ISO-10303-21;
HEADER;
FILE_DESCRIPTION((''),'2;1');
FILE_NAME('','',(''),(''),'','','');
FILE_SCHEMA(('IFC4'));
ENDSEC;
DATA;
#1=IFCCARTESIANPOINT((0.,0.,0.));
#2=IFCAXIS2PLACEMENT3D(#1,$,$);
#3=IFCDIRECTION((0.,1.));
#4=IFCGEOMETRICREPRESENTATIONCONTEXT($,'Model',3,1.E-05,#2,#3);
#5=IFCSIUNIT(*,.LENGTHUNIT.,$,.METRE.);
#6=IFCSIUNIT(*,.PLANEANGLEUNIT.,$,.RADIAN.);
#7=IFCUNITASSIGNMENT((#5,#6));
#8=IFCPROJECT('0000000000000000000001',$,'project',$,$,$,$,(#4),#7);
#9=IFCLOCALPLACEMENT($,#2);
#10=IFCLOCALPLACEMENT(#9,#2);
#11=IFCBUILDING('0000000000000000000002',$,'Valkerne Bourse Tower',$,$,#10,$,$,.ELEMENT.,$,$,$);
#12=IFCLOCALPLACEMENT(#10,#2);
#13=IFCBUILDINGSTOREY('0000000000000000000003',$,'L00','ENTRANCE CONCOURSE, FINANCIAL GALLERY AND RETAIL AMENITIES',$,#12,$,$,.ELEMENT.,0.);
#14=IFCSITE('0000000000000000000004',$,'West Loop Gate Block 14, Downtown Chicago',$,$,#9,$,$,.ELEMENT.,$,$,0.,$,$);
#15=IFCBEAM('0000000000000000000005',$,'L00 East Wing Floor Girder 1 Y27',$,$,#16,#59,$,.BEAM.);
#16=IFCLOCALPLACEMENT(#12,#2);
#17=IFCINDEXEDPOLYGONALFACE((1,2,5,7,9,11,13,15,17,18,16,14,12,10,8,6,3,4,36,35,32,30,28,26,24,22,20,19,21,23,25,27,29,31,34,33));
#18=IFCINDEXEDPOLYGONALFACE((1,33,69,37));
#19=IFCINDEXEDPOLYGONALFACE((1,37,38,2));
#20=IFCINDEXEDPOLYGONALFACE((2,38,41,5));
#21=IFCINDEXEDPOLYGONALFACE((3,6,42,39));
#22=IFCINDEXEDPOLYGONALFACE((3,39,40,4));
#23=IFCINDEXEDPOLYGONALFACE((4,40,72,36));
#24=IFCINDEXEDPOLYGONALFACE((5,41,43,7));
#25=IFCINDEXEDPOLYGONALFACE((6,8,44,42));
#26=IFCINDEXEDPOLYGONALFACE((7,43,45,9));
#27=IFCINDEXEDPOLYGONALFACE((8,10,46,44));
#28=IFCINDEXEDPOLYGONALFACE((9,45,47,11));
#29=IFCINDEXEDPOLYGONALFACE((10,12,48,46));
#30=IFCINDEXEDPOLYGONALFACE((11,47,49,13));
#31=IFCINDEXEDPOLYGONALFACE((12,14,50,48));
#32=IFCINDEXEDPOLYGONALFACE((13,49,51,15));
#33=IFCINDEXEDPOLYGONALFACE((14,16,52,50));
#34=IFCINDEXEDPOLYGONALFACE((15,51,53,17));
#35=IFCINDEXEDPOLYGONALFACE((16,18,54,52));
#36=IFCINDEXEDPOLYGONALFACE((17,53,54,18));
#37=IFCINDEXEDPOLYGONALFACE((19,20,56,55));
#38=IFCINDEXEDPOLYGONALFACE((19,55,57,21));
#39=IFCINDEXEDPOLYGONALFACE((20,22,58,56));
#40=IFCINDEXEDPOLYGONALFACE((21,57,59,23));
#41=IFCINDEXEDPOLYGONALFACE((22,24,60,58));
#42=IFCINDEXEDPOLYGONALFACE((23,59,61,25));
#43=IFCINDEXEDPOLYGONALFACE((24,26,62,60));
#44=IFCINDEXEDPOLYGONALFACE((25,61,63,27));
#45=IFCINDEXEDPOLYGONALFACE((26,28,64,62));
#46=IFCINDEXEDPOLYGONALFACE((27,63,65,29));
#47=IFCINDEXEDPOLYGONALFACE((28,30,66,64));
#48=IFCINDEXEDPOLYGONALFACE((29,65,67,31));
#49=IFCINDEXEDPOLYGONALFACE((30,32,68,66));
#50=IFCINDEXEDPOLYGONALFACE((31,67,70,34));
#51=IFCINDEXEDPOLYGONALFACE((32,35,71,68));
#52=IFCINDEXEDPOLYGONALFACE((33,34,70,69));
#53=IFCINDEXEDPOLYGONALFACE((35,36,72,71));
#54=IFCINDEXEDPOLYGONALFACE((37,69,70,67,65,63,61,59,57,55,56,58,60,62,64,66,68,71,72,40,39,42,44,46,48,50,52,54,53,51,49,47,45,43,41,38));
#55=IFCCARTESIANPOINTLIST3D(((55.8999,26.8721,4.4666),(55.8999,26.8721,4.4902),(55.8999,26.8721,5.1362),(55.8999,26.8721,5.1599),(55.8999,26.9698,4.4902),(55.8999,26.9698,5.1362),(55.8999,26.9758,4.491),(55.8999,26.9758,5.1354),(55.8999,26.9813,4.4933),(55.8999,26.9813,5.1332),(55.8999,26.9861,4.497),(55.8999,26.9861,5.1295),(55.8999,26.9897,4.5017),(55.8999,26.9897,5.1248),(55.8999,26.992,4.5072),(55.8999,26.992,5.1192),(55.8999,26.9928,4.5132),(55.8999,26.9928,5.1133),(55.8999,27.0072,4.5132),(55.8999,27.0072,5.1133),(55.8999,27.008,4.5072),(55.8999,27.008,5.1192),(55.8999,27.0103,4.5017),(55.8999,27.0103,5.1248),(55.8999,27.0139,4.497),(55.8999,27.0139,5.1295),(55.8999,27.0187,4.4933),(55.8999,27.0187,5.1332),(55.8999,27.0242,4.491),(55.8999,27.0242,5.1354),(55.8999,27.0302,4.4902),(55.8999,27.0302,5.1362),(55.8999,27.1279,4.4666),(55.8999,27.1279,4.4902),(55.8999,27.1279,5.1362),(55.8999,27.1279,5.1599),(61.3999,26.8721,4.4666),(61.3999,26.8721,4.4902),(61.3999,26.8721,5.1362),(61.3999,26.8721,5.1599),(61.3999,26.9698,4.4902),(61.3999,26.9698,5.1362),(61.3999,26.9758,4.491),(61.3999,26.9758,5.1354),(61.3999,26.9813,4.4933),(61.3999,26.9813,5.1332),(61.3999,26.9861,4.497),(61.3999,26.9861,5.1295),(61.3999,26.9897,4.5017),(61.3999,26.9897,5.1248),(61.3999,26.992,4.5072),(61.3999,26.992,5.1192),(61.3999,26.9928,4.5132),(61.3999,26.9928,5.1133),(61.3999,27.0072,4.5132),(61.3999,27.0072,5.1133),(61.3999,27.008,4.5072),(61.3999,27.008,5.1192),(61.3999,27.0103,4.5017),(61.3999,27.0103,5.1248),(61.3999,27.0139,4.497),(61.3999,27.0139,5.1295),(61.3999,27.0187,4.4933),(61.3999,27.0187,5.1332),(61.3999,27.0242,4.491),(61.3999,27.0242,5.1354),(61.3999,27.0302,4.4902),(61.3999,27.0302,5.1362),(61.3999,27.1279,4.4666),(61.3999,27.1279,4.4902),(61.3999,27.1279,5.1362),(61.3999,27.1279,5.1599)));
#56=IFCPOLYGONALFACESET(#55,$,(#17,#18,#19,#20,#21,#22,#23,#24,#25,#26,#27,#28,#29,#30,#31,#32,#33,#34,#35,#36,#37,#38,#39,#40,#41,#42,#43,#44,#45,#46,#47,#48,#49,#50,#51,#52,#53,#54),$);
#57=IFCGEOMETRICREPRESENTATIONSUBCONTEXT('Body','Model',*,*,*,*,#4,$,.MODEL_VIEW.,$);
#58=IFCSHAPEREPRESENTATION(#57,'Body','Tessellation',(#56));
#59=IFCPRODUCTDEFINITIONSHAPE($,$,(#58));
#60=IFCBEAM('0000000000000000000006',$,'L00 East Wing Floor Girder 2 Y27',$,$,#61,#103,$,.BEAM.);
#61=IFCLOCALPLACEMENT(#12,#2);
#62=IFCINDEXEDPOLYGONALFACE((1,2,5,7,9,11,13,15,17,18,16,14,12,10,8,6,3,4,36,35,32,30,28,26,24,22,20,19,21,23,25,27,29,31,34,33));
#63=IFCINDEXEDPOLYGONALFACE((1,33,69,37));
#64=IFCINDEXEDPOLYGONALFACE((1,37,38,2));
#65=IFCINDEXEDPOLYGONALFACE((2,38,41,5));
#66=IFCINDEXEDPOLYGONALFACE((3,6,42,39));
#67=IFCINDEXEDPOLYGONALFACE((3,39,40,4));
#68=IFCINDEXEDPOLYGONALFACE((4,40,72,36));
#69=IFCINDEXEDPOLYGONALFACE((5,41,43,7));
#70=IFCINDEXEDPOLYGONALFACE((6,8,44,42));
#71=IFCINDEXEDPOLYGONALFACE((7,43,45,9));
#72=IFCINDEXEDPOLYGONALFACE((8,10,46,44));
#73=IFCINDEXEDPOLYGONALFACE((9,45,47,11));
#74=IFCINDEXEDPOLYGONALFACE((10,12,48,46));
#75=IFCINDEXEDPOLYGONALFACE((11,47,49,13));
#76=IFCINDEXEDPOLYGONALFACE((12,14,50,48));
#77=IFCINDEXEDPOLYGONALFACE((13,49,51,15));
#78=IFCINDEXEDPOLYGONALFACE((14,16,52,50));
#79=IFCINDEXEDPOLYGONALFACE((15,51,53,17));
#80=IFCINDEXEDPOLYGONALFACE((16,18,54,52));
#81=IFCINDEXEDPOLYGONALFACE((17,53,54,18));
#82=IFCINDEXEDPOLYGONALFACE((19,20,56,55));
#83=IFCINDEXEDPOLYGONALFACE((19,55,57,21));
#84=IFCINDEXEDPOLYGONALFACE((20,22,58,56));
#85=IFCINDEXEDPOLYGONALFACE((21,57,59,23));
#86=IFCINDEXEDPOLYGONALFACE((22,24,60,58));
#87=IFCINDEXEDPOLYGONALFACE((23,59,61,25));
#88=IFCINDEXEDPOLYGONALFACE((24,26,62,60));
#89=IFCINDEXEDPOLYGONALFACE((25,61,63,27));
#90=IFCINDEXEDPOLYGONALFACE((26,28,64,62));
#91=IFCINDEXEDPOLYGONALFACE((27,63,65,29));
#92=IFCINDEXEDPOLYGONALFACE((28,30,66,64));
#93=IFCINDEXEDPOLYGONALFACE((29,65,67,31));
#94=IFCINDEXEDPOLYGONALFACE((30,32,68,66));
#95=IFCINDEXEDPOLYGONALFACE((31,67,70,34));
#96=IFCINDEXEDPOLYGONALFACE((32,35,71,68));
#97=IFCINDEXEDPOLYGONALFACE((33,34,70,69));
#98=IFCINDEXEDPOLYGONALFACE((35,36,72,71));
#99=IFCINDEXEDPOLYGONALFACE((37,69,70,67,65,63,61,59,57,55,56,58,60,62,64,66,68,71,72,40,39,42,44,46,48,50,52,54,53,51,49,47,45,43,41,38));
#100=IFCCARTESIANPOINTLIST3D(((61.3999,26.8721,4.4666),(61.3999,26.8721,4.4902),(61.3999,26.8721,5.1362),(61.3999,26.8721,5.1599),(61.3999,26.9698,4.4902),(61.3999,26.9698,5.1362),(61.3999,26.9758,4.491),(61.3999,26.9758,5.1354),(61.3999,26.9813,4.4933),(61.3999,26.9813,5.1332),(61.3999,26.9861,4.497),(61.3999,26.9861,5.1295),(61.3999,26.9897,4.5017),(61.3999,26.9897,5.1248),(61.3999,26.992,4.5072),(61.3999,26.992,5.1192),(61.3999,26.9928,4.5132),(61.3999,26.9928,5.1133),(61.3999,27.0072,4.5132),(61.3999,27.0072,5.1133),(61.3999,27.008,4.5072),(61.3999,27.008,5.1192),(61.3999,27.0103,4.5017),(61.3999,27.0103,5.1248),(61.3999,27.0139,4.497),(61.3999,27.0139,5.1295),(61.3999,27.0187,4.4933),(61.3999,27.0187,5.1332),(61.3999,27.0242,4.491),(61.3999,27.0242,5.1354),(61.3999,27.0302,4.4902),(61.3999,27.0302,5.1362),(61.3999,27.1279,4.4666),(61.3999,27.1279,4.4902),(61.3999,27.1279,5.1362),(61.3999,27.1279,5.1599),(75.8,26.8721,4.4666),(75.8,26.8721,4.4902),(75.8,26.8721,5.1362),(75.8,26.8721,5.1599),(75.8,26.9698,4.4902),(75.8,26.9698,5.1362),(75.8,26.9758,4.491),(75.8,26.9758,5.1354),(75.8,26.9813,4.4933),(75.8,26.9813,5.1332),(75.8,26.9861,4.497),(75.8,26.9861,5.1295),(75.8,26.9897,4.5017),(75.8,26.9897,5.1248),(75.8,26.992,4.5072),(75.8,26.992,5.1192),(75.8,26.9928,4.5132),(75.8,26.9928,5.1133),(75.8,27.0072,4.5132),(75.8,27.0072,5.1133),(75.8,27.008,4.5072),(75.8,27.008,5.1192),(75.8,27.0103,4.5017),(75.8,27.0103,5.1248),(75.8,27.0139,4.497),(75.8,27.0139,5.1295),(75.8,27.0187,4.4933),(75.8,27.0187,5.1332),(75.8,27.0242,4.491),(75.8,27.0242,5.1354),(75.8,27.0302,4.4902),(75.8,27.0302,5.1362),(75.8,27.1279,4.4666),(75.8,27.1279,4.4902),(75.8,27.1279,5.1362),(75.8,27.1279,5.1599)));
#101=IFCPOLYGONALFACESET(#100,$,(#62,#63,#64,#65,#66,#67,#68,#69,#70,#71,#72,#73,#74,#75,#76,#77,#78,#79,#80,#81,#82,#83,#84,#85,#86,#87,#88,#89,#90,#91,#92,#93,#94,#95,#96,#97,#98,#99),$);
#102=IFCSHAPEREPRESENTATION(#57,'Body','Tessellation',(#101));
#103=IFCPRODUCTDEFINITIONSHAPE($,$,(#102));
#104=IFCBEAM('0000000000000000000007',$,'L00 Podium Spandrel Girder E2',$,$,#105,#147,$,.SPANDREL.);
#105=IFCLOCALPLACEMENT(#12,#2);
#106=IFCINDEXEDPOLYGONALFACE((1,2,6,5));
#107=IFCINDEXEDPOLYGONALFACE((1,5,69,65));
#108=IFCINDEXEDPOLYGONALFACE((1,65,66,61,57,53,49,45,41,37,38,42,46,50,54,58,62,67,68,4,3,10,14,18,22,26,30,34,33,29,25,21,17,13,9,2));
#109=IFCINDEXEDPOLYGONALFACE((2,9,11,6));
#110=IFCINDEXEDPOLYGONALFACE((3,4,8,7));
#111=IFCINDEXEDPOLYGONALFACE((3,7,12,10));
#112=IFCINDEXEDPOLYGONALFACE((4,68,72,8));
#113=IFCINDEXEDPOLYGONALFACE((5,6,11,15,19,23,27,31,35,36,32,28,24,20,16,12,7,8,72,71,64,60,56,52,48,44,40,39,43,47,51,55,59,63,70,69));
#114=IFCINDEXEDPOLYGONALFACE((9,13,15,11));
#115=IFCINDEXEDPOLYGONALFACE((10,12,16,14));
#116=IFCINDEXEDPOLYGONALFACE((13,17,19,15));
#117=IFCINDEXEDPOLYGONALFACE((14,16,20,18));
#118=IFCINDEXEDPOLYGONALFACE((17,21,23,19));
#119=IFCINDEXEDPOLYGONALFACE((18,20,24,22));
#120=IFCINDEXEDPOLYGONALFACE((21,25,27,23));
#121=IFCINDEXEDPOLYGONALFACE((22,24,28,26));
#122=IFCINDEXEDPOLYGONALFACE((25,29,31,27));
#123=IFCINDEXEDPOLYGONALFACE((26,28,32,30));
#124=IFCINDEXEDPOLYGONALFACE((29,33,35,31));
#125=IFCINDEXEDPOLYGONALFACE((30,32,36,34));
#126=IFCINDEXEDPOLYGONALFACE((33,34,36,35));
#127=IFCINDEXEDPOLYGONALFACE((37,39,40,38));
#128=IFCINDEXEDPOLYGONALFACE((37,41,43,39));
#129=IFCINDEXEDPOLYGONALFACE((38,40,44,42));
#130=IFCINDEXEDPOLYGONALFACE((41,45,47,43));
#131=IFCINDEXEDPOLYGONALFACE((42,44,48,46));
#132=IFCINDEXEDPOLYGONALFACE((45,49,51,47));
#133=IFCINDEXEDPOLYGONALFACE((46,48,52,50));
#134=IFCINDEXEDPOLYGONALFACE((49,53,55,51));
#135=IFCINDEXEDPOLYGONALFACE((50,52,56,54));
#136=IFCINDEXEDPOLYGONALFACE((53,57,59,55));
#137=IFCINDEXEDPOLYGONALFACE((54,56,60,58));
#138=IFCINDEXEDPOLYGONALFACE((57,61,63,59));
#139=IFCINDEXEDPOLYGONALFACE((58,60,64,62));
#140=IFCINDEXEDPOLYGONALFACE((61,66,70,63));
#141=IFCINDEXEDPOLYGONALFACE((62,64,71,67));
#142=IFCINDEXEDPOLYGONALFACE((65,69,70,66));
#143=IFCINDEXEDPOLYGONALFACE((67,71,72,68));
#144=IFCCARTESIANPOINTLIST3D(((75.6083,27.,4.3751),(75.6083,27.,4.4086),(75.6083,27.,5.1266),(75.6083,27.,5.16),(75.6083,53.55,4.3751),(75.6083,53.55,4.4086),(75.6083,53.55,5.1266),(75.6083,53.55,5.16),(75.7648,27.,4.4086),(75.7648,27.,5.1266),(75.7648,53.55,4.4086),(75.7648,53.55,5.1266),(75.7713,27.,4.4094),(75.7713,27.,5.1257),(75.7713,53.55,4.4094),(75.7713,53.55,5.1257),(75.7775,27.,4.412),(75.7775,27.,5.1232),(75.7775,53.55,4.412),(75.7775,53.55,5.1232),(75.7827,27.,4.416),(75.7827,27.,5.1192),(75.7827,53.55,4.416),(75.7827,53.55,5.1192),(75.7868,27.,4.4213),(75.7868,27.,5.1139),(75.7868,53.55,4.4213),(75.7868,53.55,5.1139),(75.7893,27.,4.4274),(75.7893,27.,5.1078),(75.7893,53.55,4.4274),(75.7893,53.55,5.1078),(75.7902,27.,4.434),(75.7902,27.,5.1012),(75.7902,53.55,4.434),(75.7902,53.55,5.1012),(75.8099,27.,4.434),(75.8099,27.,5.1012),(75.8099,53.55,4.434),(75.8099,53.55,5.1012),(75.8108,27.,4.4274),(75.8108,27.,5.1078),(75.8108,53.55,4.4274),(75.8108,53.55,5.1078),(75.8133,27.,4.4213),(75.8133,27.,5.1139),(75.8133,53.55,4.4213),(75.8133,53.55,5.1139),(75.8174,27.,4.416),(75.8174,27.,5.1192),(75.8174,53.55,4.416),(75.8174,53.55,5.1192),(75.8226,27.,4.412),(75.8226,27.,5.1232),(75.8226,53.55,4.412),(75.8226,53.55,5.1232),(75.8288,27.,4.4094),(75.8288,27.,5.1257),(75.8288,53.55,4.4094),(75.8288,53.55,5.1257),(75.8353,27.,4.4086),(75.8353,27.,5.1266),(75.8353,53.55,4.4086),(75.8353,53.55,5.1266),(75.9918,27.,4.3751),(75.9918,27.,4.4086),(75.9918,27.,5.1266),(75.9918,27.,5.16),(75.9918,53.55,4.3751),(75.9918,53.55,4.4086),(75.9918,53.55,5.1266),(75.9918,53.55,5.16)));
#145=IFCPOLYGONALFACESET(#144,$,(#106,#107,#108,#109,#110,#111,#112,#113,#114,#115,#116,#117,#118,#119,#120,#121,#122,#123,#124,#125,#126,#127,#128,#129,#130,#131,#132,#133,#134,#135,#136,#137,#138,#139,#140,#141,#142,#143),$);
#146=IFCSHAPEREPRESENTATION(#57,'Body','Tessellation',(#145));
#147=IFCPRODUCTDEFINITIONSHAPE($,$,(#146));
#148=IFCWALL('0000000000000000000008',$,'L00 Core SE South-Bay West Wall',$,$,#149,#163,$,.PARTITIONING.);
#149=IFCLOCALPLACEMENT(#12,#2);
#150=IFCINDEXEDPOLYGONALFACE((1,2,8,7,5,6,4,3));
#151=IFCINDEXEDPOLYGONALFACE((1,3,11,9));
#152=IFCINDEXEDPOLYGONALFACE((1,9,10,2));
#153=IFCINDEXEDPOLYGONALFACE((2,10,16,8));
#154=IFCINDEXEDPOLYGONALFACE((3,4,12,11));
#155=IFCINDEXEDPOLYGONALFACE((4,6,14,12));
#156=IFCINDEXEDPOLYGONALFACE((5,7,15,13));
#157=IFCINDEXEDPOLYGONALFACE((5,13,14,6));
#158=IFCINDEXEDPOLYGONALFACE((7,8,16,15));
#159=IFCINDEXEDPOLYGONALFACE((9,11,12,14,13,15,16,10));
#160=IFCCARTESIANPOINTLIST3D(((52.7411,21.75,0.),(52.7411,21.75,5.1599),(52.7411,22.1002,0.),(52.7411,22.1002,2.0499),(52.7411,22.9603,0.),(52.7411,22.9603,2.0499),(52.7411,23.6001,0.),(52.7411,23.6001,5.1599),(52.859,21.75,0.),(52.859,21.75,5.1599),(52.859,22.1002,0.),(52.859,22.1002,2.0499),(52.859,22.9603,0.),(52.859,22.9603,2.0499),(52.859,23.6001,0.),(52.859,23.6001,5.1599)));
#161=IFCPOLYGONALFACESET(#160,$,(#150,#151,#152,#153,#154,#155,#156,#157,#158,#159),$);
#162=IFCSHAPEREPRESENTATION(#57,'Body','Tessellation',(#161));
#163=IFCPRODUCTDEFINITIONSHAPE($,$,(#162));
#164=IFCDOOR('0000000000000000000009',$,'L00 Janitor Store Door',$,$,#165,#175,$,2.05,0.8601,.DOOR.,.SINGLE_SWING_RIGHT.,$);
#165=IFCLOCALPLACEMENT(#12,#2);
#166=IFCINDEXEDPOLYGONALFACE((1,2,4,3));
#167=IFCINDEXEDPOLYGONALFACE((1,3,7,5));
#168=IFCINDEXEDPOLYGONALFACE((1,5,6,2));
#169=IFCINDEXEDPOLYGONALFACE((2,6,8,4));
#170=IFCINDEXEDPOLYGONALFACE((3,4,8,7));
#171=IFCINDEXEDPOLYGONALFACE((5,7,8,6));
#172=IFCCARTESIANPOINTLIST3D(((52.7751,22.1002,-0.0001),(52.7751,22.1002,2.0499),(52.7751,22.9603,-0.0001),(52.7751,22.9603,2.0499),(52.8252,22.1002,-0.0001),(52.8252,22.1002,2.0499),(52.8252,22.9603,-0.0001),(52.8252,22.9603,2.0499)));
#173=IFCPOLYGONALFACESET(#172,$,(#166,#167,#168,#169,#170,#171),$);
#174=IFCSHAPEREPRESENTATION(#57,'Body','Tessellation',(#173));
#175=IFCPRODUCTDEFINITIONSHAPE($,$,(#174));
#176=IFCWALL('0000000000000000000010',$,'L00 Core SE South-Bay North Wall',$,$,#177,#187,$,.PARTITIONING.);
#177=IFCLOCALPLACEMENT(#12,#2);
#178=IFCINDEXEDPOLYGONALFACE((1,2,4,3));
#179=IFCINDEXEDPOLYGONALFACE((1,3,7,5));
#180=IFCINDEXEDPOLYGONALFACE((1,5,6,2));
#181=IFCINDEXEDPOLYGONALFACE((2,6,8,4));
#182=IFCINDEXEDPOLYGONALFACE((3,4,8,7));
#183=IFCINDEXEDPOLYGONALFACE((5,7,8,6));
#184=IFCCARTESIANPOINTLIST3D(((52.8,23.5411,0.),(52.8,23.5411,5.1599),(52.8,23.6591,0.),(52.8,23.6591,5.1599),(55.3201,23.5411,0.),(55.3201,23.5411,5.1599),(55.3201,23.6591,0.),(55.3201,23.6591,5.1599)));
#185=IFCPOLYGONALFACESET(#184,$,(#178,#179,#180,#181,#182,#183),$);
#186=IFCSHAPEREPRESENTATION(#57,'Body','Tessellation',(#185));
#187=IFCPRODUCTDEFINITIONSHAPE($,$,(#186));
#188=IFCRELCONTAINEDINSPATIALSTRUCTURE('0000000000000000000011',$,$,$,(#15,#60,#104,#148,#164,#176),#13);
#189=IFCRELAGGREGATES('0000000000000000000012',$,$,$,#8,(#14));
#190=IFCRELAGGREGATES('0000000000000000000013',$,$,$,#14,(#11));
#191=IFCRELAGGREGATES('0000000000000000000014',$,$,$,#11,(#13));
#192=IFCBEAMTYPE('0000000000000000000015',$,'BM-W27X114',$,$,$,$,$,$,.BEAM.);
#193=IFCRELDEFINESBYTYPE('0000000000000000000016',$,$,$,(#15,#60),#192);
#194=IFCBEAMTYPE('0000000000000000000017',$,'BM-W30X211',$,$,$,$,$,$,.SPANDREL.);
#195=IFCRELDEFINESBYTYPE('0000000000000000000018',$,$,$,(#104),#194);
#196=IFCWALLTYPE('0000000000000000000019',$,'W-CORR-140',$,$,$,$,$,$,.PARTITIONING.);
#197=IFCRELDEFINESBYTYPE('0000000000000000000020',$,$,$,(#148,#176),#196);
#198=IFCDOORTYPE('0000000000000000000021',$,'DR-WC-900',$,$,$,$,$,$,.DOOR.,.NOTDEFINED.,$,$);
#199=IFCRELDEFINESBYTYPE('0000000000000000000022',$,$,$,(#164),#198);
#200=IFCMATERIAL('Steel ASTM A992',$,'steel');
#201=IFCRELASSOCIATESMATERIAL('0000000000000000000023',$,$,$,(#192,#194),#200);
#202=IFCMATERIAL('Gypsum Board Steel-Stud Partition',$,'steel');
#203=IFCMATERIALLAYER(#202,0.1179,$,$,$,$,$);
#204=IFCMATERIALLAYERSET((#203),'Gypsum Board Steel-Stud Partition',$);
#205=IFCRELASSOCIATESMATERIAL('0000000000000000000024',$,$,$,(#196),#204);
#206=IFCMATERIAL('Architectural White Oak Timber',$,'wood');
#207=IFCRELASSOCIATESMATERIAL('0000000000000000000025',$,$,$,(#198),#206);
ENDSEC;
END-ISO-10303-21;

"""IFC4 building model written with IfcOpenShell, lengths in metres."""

from ifc_helpers import new_model, si_unit, direction, frame, frame_2d, origin, origin_2d, place, context, subcontext, project, spatial, rectangle, i_section, extrude, material, layer, layer_set, material_profile, profile_set, type_object, element, fill, save


model = new_model("IFC4")

# Units and contexts
model_context = context("Model", 3, precision=1e-05, world=origin(), true_north=direction((0.0, 1.0)))
body_context = subcontext(model_context, "Body", "Model", "MODEL_VIEW")
ifc_project = project(units=[si_unit("LENGTHUNIT", "METRE"), si_unit("PLANEANGLEUNIT", "RADIAN")], contexts=[model_context])

# Site, building, storey
site_placement = place(None, origin())
site = spatial("IfcSite", under=ifc_project, at=site_placement, Name="West Loop Gate Block 14, Downtown Chicago", CompositionType="ELEMENT", RefElevation=0.0)
building_placement = place(site_placement, origin())
building = spatial("IfcBuilding", under=site, at=building_placement, Name="Valkerne Bourse Tower", CompositionType="ELEMENT")
storey_placement = place(building_placement, origin())
storey = spatial("IfcBuildingStorey", under=building, at=storey_placement, Name="L00", Description="ENTRANCE CONCOURSE, FINANCIAL GALLERY AND RETAIL AMENITIES", CompositionType="ELEMENT", Elevation=0.0)

# Beams
ifc_material_1 = material(Name="Steel ASTM A992", Category="steel")
ifc_material_profile_1 = material_profile(ifc_material_1, i_section(OverallWidth=0.2559, OverallDepth=0.6934, WebThickness=0.0144, FlangeThickness=0.0237, FilletRadius=0.0229, at=origin_2d()), Name="W27X114")
ifc_profile_set_1 = profile_set([ifc_material_profile_1], Name="Steel ASTM A992")
beam_type_1 = type_object("IfcBeamType", Name="BM-W27X114", PredefinedType="BEAM", material=ifc_profile_set_1)
beam_1_placement = place(storey_placement, frame((55.8999, 27.0, 4.8132), z_axis=(1.0, 0.0, 0.0), x_axis=(0.0, 1.0, 0.0)))
element("IfcBeam", 1, at=beam_1_placement, inside=storey, type_object=beam_type_1, Name="L00 East Wing Floor Girder 1 Y27", PredefinedType="BEAM", context=body_context, shape_type="SweptSolid", body=[
    extrude(i_section(OverallWidth=0.2559, OverallDepth=0.6934, WebThickness=0.0144, FlangeThickness=0.0237, FilletRadius=0.0229, at=origin_2d()), origin(), (0.0, 0.0, 1.0), 5.5),
])
beam_2_placement = place(storey_placement, frame((61.3999, 27.0, 4.8132), z_axis=(1.0, 0.0, 0.0), x_axis=(0.0, 1.0, 0.0)))
element("IfcBeam", 2, at=beam_2_placement, inside=storey, type_object=beam_type_1, Name="L00 East Wing Floor Girder 2 Y27", PredefinedType="BEAM", context=body_context, shape_type="SweptSolid", body=[
    extrude(i_section(OverallWidth=0.2559, OverallDepth=0.6934, WebThickness=0.0144, FlangeThickness=0.0237, FilletRadius=0.0229, at=origin_2d()), origin(), (0.0, 0.0, 1.0), 14.4001),
])
ifc_material_profile_2 = material_profile(ifc_material_1, i_section(OverallWidth=0.3835, OverallDepth=0.7849, WebThickness=0.0198, FlangeThickness=0.0334, FilletRadius=0.0254, at=origin_2d()), Name="W30X211")
ifc_profile_set_2 = profile_set([ifc_material_profile_2], Name="Steel ASTM A992")
beam_type_2 = type_object("IfcBeamType", Name="BM-W30X211", PredefinedType="SPANDREL", material=ifc_profile_set_2)
beam_3_placement = place(storey_placement, frame((75.8, 27.0, 4.7676), z_axis=(0.0, 1.0, 0.0), x_axis=(-1.0, 0.0, 0.0)))
element("IfcBeam", 3, at=beam_3_placement, inside=storey, type_object=beam_type_2, Name="L00 Podium Spandrel Girder E2", PredefinedType="SPANDREL", context=body_context, shape_type="SweptSolid", body=[
    extrude(i_section(OverallWidth=0.3835, OverallDepth=0.7849, WebThickness=0.0198, FlangeThickness=0.0334, FilletRadius=0.0254, at=origin_2d()), origin(), (0.0, 0.0, 1.0), 26.55),
])

# Wall, opening, door
ifc_material_2 = material(Name="Gypsum Board Steel-Stud Partition", Category="steel")
ifc_layer_1 = layer(ifc_material_2, 0.1179)
ifc_layer_set_1 = layer_set([ifc_layer_1], Name="Gypsum Board Steel-Stud Partition")
wall_type_1 = type_object("IfcWallType", Name="W-CORR-140", PredefinedType="PARTITIONING", material=ifc_layer_set_1)
wall_1_placement = place(storey_placement, frame((52.8, 21.75, 0.0), z_axis=(0.0, 0.0, 1.0), x_axis=(0.0, 1.0, 0.0)))
wall_1 = element("IfcWall", 4, at=wall_1_placement, inside=storey, type_object=wall_type_1, Name="L00 Core SE South-Bay West Wall", PredefinedType="PARTITIONING", context=body_context, shape_type="SweptSolid", body=[
    extrude(rectangle(XDim=1.8501, YDim=0.1179, at=frame_2d((0.925, 0.0))), origin(), (0.0, 0.0, 1.0), 5.1599),
])
opening_1_placement = place(wall_1_placement, frame((0.3501, 0.0, 0.0)))
opening_1 = element("IfcOpeningElement", 5, at=opening_1_placement, cuts=wall_1, PredefinedType="OPENING", context=body_context, shape_type="SweptSolid", body=[
    extrude(rectangle(XDim=0.8601, YDim=2.05, at=frame_2d((0.4302, 1.0249))), frame((0.0, 0.0688, 0.0), z_axis=(0.0, -1.0, 0.0), x_axis=(1.0, 0.0, 0.0)), (0.0, 0.0, 1.0), 0.1379),
])
ifc_material_3 = material(Name="Architectural White Oak Timber", Category="wood")
door_type_1 = type_object("IfcDoorType", Name="DR-WC-900", OperationType="NOTDEFINED", PredefinedType="DOOR", material=ifc_material_3)
door_1_placement = place(opening_1_placement, origin())
door_1 = element("IfcDoor", 6, at=door_1_placement, inside=storey, type_object=door_type_1, Name="L00 Janitor Store Door", OperationType="SINGLE_SWING_RIGHT", OverallHeight=2.05, OverallWidth=0.8601, PredefinedType="DOOR", context=body_context, shape_type="SweptSolid", body=[
    extrude(rectangle(XDim=0.8601, YDim=2.05, at=frame_2d((0.4302, 1.0249))), frame((0.0, 0.0249, 0.0), z_axis=(0.0, -1.0, 0.0), x_axis=(1.0, 0.0, 0.0)), (0.0, 0.0, 1.0), 0.05),
])
fill(opening_1, door_1)

# Wall
wall_2_placement = place(storey_placement, frame((52.8, 23.6001, 0.0), z_axis=(0.0, 0.0, 1.0), x_axis=(1.0, 0.0, 0.0)))
element("IfcWall", 7, at=wall_2_placement, inside=storey, type_object=wall_type_1, Name="L00 Core SE South-Bay North Wall", PredefinedType="PARTITIONING", context=body_context, shape_type="SweptSolid", body=[
    extrude(rectangle(XDim=2.52, YDim=0.1179, at=frame_2d((1.26, 0.0))), origin(), (0.0, 0.0, 1.0), 5.1599),
])

save(model, "model.ifc")
